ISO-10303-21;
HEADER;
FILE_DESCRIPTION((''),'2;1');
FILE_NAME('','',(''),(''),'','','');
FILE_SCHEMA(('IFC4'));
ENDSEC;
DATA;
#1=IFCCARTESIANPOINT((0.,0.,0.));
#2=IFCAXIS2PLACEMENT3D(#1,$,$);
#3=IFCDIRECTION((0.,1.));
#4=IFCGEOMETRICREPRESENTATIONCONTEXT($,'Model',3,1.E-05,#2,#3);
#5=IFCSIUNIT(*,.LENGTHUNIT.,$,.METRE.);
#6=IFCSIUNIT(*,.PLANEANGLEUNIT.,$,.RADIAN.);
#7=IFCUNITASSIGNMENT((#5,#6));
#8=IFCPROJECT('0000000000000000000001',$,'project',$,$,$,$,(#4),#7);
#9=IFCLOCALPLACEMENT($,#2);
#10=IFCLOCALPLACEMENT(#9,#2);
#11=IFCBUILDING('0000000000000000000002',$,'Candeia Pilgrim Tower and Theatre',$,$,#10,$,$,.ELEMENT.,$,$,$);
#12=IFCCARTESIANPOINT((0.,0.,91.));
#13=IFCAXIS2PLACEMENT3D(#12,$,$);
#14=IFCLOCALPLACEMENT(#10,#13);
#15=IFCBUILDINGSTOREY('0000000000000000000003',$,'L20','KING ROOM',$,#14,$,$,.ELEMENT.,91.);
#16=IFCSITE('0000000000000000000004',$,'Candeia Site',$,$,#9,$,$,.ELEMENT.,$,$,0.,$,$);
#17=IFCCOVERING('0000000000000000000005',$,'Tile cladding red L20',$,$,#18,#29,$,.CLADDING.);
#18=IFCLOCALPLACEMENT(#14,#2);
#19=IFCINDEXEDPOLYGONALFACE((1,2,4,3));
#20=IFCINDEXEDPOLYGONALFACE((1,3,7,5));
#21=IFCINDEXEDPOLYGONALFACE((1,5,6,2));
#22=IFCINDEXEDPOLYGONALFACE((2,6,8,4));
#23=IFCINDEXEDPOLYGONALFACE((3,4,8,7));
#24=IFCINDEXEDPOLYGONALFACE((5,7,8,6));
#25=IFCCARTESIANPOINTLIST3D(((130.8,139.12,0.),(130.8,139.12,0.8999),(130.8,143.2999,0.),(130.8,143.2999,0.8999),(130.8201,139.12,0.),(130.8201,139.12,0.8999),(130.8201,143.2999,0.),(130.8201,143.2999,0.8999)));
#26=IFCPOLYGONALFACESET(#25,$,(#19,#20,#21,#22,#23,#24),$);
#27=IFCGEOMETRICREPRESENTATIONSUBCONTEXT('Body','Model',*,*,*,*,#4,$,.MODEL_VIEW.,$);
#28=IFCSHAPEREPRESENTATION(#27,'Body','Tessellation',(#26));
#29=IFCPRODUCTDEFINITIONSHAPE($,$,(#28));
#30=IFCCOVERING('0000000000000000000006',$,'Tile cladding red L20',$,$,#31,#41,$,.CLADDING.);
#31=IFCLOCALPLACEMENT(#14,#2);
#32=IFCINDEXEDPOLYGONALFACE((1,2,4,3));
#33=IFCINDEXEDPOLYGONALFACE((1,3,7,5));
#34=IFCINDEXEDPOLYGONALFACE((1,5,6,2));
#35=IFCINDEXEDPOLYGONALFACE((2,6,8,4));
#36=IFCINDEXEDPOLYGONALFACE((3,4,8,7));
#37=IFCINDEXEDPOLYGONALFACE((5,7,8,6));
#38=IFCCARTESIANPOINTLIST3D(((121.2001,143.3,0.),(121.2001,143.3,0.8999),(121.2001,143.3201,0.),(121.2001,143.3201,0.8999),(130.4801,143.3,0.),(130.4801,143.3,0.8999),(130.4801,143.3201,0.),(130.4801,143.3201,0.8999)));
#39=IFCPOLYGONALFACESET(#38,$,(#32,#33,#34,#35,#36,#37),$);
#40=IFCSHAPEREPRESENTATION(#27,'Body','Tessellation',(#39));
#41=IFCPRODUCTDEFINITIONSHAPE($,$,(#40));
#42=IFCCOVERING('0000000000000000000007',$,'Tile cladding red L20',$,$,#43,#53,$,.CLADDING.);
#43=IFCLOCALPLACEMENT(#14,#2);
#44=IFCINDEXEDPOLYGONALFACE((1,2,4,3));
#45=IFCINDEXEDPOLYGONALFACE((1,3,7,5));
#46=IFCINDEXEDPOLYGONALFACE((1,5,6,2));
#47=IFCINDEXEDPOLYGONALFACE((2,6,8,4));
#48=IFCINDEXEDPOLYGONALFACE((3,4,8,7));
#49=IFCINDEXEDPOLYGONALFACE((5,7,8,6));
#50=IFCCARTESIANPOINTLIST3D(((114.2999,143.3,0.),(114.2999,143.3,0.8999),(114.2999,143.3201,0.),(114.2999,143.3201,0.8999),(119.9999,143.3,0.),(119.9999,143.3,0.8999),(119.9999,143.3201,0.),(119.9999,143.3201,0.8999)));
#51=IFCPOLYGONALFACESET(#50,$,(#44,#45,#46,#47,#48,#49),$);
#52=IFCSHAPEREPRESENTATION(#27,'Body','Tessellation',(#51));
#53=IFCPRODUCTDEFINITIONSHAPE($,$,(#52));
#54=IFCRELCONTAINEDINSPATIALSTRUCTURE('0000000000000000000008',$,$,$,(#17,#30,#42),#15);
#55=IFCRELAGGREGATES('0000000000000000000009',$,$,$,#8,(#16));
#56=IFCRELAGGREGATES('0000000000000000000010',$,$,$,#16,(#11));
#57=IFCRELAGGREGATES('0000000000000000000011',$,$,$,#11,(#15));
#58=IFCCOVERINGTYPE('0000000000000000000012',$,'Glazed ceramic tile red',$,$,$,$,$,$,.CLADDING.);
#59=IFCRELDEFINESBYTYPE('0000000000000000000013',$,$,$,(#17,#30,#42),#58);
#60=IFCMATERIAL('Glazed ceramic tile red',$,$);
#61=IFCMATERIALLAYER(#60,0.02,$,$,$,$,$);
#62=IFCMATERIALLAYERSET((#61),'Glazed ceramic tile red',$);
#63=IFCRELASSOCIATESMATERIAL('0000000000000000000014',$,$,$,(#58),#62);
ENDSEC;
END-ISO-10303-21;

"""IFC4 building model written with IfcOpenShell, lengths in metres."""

from ifc_helpers import new_model, si_unit, direction, frame, origin, origin_2d, place, context, subcontext, project, spatial, rectangle, extrude, material, layer, layer_set, type_object, element, save


model = new_model("IFC4")

# Units and contexts
model_context = context("Model", 3, precision=1e-05, world=origin(), true_north=direction((0.0, 1.0)))
body_context = subcontext(model_context, "Body", "Model", "MODEL_VIEW")
ifc_project = project(units=[si_unit("LENGTHUNIT", "METRE"), si_unit("PLANEANGLEUNIT", "RADIAN")], contexts=[model_context])

# Site, building, storey
site_placement = place(None, origin())
site = spatial("IfcSite", under=ifc_project, at=site_placement, Name="Candeia Site", CompositionType="ELEMENT", RefElevation=0.0)
building_placement = place(site_placement, origin())
building = spatial("IfcBuilding", under=site, at=building_placement, Name="Candeia Pilgrim Tower and Theatre", CompositionType="ELEMENT")
storey_placement = place(building_placement, frame((0.0, 0.0, 91.0)))
storey = spatial("IfcBuildingStorey", under=building, at=storey_placement, Name="L20", Description="KING ROOM", CompositionType="ELEMENT", Elevation=91.0)

# Coverings
ifc_material_1 = material(Name="Glazed ceramic tile red")
ifc_layer_1 = layer(ifc_material_1, 0.02)
ifc_layer_set_1 = layer_set([ifc_layer_1], Name="Glazed ceramic tile red")
covering_type = type_object("IfcCoveringType", Name="Glazed ceramic tile red", PredefinedType="CLADDING", material=ifc_layer_set_1)
covering_1_placement = place(storey_placement, frame((130.8101, 141.21, 0.0), z_axis=(0.0, 0.0, 1.0), x_axis=(0.0, 1.0, 0.0)))
element("IfcCovering", 1, at=covering_1_placement, inside=storey, type_object=covering_type, Name="Tile cladding red L20", PredefinedType="CLADDING", context=body_context, shape_type="SweptSolid", body=[
    extrude(rectangle(XDim=4.1799, YDim=0.02, at=origin_2d()), origin(), (0.0, 0.0, 1.0), 0.8999),
])
covering_2_placement = place(storey_placement, frame((125.8401, 143.3101, 0.0), z_axis=(0.0, 0.0, 1.0), x_axis=(-1.0, 0.0, 0.0)))
element("IfcCovering", 2, at=covering_2_placement, inside=storey, type_object=covering_type, Name="Tile cladding red L20", PredefinedType="CLADDING", context=body_context, shape_type="SweptSolid", body=[
    extrude(rectangle(XDim=9.28, YDim=0.02, at=origin_2d()), origin(), (0.0, 0.0, 1.0), 0.8999),
])
covering_3_placement = place(storey_placement, frame((117.1499, 143.3101, 0.0), z_axis=(0.0, 0.0, 1.0), x_axis=(-1.0, 0.0, 0.0)))
element("IfcCovering", 3, at=covering_3_placement, inside=storey, type_object=covering_type, Name="Tile cladding red L20", PredefinedType="CLADDING", context=body_context, shape_type="SweptSolid", body=[
    extrude(rectangle(XDim=5.7, YDim=0.02, at=origin_2d()), origin(), (0.0, 0.0, 1.0), 0.8999),
])

save(model, "model.ifc")
